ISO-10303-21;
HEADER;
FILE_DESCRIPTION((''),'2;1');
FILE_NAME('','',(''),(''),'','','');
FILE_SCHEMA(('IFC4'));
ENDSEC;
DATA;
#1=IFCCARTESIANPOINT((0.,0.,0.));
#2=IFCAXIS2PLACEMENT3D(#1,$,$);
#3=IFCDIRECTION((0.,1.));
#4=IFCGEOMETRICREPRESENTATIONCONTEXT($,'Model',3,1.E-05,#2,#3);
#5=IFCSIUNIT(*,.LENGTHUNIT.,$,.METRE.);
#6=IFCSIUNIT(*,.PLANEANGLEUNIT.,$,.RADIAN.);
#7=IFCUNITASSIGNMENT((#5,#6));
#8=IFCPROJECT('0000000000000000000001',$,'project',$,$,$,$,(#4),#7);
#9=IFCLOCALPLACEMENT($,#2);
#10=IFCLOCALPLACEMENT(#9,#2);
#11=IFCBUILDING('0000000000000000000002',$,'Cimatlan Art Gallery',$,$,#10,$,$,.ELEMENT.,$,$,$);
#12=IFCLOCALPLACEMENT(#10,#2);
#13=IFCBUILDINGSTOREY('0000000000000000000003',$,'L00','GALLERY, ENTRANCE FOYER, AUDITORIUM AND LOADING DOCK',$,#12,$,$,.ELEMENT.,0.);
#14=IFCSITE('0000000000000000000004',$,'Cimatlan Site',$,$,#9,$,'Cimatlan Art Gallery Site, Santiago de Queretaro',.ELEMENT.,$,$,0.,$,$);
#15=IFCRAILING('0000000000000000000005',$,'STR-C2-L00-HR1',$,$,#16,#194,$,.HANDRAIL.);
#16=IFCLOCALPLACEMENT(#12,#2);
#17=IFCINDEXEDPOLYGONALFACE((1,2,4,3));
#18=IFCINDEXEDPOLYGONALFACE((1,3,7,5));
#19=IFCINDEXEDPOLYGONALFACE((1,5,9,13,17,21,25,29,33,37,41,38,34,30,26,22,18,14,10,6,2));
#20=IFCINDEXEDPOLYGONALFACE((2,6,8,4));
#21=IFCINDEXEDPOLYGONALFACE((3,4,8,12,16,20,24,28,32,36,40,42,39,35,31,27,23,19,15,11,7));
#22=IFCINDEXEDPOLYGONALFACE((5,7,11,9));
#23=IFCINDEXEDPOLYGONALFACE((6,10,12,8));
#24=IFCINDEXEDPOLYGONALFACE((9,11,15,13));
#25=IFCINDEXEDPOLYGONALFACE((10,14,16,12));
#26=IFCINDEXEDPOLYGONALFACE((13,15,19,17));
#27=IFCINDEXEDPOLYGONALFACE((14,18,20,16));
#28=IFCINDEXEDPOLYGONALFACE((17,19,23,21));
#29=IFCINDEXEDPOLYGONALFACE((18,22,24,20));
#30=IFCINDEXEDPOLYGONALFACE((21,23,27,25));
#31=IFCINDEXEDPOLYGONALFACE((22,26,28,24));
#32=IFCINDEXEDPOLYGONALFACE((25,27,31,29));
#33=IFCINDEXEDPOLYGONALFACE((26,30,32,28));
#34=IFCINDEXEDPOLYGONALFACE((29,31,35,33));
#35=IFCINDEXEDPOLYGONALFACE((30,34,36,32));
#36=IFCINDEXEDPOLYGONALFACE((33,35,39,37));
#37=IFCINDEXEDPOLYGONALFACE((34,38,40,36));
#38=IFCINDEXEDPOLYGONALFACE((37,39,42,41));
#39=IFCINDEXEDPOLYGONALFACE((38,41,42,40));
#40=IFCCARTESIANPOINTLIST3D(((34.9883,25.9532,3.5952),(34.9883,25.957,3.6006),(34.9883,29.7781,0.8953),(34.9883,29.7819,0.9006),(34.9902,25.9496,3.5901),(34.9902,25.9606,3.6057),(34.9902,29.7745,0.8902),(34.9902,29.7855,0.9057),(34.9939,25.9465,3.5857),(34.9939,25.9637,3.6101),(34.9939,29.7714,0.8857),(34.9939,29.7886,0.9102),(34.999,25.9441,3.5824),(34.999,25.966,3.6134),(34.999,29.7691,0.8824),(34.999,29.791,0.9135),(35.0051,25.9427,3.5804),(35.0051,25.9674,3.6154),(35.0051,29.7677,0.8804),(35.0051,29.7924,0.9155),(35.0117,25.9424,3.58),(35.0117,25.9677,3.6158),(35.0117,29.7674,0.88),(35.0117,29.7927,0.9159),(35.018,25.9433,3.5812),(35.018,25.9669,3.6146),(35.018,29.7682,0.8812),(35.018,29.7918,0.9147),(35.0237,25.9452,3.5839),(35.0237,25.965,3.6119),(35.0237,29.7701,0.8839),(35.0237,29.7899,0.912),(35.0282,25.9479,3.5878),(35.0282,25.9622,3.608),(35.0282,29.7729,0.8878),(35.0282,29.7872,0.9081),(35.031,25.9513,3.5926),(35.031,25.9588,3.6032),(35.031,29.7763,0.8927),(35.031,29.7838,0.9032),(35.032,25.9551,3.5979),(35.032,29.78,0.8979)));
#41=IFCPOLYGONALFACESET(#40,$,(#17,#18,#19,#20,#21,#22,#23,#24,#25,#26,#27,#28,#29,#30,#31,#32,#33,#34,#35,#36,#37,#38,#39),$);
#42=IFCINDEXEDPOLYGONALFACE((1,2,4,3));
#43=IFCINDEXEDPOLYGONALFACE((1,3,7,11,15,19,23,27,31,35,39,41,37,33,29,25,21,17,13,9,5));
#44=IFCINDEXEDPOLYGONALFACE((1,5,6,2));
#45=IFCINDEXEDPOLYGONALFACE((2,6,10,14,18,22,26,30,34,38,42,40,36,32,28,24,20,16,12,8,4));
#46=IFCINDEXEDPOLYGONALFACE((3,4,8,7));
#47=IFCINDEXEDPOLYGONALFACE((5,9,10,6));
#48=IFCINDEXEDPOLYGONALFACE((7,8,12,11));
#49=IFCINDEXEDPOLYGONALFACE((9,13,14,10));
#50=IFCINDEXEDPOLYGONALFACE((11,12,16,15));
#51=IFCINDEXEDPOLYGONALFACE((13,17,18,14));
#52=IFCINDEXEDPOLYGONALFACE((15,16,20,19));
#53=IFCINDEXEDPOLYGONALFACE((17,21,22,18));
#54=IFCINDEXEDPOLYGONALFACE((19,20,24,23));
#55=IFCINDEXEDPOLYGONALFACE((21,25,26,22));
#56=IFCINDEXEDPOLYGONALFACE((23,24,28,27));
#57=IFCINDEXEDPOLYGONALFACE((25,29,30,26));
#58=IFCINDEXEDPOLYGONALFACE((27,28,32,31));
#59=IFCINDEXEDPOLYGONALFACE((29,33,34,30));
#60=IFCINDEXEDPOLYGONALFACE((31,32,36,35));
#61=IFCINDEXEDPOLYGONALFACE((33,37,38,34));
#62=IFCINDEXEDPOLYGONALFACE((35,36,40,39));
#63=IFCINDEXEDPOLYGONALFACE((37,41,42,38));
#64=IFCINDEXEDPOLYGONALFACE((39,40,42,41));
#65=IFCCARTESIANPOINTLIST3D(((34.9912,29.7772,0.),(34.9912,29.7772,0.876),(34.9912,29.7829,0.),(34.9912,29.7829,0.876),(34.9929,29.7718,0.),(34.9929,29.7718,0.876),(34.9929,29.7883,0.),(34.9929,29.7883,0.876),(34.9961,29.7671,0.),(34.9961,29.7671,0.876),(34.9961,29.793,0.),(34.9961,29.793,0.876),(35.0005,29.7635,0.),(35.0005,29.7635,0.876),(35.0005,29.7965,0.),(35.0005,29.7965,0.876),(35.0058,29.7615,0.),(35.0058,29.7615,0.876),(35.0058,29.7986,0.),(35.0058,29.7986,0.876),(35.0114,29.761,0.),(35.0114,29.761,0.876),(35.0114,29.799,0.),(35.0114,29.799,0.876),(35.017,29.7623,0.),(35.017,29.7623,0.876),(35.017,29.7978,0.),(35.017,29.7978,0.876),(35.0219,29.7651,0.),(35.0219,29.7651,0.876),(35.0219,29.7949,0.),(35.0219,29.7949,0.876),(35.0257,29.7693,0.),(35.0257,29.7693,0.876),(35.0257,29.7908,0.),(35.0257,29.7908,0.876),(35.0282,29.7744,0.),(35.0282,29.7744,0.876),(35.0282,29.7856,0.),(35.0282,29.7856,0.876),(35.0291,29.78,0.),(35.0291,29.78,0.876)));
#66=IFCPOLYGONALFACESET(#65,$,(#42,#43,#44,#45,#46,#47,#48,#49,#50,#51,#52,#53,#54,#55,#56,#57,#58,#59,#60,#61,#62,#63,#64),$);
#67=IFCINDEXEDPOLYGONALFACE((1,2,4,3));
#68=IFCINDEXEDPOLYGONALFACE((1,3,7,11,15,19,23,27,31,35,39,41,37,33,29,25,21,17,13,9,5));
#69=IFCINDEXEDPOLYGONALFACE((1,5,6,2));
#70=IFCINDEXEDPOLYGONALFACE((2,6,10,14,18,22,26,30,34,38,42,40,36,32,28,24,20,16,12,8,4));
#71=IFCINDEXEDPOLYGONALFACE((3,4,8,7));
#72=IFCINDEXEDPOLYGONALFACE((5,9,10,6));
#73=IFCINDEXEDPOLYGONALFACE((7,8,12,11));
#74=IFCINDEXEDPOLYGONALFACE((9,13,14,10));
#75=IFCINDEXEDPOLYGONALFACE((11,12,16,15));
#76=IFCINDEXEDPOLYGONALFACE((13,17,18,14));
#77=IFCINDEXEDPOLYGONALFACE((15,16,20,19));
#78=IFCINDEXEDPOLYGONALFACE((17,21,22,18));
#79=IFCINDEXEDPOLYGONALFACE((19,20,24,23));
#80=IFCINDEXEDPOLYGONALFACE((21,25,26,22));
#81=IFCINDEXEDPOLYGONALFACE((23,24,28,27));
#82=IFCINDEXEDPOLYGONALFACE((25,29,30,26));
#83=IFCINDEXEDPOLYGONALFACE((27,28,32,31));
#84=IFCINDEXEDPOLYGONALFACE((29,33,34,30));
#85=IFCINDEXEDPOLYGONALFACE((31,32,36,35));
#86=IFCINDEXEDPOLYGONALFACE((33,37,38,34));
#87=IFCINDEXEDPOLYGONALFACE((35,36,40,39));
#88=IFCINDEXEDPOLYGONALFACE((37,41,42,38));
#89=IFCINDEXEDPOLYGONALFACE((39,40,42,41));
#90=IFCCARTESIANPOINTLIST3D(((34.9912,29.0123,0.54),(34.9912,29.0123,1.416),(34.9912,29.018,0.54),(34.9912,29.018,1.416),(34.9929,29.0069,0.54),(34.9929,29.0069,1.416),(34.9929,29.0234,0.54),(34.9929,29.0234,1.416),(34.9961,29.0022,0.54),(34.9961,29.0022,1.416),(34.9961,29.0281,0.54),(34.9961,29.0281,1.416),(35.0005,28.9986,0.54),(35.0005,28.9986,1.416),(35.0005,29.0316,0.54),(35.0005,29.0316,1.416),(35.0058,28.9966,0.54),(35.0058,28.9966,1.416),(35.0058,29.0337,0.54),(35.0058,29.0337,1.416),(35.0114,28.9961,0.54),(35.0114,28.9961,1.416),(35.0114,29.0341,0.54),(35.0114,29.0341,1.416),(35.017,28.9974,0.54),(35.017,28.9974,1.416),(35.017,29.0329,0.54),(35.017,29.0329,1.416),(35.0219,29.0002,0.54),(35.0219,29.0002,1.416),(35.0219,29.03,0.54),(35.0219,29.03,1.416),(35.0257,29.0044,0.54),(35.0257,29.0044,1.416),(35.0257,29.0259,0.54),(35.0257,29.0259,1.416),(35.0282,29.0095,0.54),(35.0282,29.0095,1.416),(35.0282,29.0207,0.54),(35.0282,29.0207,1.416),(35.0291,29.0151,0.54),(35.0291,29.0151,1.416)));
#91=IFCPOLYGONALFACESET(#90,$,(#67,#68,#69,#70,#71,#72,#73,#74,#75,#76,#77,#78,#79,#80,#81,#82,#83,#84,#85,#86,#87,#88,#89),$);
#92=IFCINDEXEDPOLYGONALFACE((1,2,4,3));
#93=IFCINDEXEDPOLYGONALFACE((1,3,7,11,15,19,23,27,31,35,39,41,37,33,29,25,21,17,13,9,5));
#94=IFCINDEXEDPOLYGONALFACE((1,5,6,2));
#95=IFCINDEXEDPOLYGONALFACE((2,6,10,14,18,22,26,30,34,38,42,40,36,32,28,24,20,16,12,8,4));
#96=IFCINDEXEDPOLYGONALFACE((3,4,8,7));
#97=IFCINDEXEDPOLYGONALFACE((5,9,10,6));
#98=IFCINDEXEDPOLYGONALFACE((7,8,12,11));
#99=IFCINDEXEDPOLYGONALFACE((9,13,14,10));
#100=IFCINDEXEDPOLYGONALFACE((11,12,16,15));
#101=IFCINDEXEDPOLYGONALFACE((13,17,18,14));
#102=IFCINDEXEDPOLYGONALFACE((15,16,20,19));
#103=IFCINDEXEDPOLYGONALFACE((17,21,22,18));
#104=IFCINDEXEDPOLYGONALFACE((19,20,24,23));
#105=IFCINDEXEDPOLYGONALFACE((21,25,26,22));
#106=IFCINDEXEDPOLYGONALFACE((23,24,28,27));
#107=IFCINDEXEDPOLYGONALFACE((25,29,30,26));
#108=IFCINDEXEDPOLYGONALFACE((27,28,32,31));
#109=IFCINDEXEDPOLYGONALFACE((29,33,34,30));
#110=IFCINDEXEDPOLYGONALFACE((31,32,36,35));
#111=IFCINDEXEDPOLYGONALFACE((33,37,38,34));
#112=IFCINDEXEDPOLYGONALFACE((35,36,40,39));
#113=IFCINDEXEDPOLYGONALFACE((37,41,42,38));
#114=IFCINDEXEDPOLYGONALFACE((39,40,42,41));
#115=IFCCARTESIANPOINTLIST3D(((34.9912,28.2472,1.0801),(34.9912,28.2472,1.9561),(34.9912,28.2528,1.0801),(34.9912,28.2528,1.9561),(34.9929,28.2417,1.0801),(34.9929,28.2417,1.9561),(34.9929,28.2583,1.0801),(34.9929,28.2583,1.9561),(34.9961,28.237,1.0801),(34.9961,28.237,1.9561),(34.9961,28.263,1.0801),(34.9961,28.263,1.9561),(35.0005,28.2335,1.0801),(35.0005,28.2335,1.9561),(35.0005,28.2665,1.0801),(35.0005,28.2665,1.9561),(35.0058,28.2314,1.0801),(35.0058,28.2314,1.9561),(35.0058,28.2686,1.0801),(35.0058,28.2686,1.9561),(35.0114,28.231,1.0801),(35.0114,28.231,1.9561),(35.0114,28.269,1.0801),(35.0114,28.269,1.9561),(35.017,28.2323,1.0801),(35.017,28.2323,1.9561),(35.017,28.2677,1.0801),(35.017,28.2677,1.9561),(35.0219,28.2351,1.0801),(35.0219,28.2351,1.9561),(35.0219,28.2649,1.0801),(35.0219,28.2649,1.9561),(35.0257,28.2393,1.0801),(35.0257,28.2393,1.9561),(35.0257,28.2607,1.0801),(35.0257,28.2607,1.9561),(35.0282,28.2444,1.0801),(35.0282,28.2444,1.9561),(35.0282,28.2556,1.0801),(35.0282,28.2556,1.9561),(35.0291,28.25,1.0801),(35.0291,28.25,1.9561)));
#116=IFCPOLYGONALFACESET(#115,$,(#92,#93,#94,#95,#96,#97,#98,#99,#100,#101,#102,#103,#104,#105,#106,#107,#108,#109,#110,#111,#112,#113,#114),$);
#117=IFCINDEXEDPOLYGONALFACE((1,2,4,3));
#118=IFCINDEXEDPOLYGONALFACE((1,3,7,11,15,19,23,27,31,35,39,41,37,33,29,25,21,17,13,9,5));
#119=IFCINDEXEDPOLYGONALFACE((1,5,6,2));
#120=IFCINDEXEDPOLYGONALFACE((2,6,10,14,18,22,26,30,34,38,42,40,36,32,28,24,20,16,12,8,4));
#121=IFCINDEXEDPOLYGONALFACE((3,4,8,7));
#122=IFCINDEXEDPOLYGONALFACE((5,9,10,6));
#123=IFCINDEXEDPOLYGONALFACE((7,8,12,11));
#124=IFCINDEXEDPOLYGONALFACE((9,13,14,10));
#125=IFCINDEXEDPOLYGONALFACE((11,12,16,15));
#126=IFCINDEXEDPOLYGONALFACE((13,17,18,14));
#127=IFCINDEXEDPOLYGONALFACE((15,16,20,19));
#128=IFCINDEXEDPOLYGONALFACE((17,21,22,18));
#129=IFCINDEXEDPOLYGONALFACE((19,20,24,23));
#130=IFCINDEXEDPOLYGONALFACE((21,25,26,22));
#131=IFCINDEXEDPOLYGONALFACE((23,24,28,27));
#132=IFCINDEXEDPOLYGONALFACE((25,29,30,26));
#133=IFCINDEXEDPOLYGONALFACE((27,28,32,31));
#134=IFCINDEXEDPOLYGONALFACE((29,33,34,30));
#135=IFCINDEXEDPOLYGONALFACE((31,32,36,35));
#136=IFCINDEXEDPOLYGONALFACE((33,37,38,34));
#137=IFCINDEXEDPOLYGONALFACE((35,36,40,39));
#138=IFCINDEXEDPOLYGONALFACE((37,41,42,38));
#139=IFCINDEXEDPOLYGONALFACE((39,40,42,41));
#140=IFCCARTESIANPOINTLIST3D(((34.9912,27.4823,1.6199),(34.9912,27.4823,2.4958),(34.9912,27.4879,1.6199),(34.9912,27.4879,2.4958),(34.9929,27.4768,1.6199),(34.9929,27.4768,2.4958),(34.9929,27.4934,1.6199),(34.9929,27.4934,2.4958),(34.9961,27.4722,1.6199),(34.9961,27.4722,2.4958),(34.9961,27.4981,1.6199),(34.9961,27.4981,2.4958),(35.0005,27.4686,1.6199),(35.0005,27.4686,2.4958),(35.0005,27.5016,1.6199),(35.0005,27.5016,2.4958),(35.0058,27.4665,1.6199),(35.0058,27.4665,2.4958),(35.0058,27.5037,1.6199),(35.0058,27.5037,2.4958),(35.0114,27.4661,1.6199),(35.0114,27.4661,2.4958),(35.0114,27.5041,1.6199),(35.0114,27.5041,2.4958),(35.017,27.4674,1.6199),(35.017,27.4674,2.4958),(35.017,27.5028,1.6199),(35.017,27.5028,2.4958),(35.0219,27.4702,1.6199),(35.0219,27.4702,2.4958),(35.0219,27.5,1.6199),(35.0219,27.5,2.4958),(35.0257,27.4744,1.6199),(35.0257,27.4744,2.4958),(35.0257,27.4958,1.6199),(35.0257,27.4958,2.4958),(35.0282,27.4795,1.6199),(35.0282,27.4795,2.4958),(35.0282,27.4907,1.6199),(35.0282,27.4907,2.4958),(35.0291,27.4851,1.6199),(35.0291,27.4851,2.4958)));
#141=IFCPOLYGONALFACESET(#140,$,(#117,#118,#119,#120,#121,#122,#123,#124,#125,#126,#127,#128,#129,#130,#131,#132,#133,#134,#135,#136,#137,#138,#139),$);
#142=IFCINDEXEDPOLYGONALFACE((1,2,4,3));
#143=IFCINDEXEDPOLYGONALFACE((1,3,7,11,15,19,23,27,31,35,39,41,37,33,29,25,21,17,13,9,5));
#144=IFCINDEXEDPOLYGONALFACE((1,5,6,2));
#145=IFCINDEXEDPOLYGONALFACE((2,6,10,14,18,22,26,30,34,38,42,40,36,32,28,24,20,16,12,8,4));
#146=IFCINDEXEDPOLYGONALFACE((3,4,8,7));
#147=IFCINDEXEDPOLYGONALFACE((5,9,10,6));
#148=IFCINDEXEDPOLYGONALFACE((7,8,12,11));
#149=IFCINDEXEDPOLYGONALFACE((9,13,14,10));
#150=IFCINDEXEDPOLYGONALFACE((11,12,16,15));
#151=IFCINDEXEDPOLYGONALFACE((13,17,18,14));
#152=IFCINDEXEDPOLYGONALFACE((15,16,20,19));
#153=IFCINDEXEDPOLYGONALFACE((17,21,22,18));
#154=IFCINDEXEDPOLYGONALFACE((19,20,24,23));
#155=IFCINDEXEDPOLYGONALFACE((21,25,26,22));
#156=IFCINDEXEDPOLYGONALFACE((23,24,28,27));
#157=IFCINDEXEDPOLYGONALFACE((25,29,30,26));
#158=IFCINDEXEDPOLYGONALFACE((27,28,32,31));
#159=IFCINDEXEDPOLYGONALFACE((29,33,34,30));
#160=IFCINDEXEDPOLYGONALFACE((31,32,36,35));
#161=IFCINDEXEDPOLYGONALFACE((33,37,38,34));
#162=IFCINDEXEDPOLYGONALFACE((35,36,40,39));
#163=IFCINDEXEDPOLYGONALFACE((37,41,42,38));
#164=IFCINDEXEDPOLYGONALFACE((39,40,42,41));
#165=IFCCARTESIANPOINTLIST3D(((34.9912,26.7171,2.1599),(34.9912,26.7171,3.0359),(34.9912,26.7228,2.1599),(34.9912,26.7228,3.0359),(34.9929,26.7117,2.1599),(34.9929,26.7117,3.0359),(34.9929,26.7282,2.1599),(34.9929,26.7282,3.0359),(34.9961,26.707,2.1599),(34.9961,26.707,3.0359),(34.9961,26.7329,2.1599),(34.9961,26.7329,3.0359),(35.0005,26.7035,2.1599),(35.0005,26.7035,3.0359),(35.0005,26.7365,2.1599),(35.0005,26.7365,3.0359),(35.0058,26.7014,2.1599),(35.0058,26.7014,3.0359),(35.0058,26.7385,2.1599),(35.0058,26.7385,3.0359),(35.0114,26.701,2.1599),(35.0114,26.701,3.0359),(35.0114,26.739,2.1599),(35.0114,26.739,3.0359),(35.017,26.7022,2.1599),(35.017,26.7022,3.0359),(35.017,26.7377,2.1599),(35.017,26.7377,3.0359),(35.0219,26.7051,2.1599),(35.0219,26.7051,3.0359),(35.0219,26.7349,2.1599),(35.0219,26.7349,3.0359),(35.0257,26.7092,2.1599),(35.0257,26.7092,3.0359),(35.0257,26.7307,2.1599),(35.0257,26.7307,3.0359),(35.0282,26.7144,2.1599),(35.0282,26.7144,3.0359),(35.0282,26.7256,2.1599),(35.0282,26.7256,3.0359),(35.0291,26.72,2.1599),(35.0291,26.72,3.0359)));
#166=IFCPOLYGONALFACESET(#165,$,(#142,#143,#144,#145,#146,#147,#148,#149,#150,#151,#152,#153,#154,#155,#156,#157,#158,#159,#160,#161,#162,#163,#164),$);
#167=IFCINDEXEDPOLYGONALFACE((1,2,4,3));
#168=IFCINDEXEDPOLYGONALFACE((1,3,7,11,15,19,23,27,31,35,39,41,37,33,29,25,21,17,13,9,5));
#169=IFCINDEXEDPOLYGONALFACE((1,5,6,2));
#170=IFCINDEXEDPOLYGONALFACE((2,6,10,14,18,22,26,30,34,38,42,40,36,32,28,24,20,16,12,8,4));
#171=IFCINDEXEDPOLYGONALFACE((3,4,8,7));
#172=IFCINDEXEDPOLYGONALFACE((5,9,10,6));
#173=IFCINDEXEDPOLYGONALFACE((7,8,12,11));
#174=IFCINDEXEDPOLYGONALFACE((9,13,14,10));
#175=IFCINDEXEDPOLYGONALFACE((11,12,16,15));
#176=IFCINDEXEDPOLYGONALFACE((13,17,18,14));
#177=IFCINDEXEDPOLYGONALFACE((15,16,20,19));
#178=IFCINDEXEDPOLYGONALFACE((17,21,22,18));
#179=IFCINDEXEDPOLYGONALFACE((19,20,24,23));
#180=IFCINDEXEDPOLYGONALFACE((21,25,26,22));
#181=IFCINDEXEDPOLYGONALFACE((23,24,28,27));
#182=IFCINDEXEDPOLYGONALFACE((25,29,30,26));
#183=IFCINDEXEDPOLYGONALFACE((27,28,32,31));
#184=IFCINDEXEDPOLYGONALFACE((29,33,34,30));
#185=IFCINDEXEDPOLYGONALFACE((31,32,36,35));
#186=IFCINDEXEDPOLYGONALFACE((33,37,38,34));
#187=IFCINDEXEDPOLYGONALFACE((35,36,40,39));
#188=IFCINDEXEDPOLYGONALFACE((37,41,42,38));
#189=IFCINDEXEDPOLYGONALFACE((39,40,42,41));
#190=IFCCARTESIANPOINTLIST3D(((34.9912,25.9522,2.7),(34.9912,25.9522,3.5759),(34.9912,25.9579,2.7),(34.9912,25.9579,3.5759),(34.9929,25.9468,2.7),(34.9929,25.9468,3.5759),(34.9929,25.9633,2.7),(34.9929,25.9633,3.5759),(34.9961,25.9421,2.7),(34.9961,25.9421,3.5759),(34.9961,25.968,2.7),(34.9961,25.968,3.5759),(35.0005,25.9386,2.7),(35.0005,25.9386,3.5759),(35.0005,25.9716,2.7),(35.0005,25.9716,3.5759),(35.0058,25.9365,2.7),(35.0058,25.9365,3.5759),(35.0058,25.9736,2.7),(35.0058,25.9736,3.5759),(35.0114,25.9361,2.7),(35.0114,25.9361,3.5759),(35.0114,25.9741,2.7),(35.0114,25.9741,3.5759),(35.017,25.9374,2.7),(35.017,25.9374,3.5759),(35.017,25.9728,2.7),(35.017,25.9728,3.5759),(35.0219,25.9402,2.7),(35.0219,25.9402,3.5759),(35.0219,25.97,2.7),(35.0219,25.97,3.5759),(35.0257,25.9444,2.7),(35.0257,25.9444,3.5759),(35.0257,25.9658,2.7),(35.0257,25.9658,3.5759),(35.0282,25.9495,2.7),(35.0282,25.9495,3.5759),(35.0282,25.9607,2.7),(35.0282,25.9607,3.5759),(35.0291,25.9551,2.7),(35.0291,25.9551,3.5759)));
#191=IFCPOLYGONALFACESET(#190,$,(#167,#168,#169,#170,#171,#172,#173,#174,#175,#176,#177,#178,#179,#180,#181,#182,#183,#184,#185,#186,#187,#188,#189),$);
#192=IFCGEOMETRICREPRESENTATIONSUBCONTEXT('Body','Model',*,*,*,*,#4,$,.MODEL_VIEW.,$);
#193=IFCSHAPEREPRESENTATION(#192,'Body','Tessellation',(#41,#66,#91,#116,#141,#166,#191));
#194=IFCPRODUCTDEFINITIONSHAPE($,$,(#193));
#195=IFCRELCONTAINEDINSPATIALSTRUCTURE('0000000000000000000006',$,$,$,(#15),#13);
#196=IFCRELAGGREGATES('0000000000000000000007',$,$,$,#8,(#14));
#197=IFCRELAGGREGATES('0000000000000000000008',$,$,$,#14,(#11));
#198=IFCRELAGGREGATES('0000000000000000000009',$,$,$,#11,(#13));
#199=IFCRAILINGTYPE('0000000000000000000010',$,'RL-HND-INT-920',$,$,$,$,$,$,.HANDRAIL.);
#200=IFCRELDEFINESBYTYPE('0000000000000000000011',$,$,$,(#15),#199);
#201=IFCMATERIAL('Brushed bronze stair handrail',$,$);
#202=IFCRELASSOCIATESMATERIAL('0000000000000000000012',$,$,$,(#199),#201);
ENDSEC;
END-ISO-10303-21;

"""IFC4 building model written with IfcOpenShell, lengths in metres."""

from ifc_helpers import new_model, si_unit, direction, frame, origin, origin_2d, place, context, subcontext, project, spatial, circle, extrude, material, type_object, element, save


model = new_model("IFC4")

# Units and contexts
model_context = context("Model", 3, precision=1e-05, world=origin(), true_north=direction((0.0, 1.0)))
body_context = subcontext(model_context, "Body", "Model", "MODEL_VIEW")
ifc_project = project(units=[si_unit("LENGTHUNIT", "METRE"), si_unit("PLANEANGLEUNIT", "RADIAN")], contexts=[model_context])

# Site, building, storey
site_placement = place(None, origin())
site = spatial("IfcSite", under=ifc_project, at=site_placement, Name="Cimatlan Site", LongName="Cimatlan Art Gallery Site, Santiago de Queretaro", CompositionType="ELEMENT", RefElevation=0.0)
building_placement = place(site_placement, origin())
building = spatial("IfcBuilding", under=site, at=building_placement, Name="Cimatlan Art Gallery", CompositionType="ELEMENT")
storey_placement = place(building_placement, origin())
storey = spatial("IfcBuildingStorey", under=building, at=storey_placement, Name="L00", Description="GALLERY, ENTRANCE FOYER, AUDITORIUM AND LOADING DOCK", CompositionType="ELEMENT", Elevation=0.0)

# Railing
ifc_material_1 = material(Name="Brushed bronze stair handrail")
railing_type_1 = type_object("IfcRailingType", Name="RL-HND-INT-920", PredefinedType="HANDRAIL", material=ifc_material_1)
railing_1_placement = place(storey_placement, frame((35.01, 29.78, 0.0)))
element("IfcRailing", 1, at=railing_1_placement, inside=storey, type_object=railing_type_1, Name="STR-C2-L00-HR1", PredefinedType="HANDRAIL", context=body_context, shape_type="SweptSolid", body=[
    extrude(circle(Radius=0.022, at=origin_2d()), frame((0.0, 0.0, 0.8979), z_axis=(0.0, -0.816969, 0.576681), x_axis=(1.0, 0.0, 0.0)), (0.0, 0.0, 1.0), 4.6819),
    extrude(circle(Radius=0.019, at=origin_2d()), origin(), (0.0, 0.0, 1.0), 0.876),
    extrude(circle(Radius=0.019, at=origin_2d()), frame((0.0, -0.7649, 0.54)), (0.0, 0.0, 1.0), 0.876),
    extrude(circle(Radius=0.019, at=origin_2d()), frame((0.0, -1.53, 1.0801)), (0.0, 0.0, 1.0), 0.876),
    extrude(circle(Radius=0.019, at=origin_2d()), frame((0.0, -2.2949, 1.6199)), (0.0, 0.0, 1.0), 0.876),
    extrude(circle(Radius=0.019, at=origin_2d()), frame((0.0, -3.0601, 2.1599)), (0.0, 0.0, 1.0), 0.876),
    extrude(circle(Radius=0.019, at=origin_2d()), frame((0.0, -3.825, 2.7)), (0.0, 0.0, 1.0), 0.876),
])

save(model, "model.ifc")
